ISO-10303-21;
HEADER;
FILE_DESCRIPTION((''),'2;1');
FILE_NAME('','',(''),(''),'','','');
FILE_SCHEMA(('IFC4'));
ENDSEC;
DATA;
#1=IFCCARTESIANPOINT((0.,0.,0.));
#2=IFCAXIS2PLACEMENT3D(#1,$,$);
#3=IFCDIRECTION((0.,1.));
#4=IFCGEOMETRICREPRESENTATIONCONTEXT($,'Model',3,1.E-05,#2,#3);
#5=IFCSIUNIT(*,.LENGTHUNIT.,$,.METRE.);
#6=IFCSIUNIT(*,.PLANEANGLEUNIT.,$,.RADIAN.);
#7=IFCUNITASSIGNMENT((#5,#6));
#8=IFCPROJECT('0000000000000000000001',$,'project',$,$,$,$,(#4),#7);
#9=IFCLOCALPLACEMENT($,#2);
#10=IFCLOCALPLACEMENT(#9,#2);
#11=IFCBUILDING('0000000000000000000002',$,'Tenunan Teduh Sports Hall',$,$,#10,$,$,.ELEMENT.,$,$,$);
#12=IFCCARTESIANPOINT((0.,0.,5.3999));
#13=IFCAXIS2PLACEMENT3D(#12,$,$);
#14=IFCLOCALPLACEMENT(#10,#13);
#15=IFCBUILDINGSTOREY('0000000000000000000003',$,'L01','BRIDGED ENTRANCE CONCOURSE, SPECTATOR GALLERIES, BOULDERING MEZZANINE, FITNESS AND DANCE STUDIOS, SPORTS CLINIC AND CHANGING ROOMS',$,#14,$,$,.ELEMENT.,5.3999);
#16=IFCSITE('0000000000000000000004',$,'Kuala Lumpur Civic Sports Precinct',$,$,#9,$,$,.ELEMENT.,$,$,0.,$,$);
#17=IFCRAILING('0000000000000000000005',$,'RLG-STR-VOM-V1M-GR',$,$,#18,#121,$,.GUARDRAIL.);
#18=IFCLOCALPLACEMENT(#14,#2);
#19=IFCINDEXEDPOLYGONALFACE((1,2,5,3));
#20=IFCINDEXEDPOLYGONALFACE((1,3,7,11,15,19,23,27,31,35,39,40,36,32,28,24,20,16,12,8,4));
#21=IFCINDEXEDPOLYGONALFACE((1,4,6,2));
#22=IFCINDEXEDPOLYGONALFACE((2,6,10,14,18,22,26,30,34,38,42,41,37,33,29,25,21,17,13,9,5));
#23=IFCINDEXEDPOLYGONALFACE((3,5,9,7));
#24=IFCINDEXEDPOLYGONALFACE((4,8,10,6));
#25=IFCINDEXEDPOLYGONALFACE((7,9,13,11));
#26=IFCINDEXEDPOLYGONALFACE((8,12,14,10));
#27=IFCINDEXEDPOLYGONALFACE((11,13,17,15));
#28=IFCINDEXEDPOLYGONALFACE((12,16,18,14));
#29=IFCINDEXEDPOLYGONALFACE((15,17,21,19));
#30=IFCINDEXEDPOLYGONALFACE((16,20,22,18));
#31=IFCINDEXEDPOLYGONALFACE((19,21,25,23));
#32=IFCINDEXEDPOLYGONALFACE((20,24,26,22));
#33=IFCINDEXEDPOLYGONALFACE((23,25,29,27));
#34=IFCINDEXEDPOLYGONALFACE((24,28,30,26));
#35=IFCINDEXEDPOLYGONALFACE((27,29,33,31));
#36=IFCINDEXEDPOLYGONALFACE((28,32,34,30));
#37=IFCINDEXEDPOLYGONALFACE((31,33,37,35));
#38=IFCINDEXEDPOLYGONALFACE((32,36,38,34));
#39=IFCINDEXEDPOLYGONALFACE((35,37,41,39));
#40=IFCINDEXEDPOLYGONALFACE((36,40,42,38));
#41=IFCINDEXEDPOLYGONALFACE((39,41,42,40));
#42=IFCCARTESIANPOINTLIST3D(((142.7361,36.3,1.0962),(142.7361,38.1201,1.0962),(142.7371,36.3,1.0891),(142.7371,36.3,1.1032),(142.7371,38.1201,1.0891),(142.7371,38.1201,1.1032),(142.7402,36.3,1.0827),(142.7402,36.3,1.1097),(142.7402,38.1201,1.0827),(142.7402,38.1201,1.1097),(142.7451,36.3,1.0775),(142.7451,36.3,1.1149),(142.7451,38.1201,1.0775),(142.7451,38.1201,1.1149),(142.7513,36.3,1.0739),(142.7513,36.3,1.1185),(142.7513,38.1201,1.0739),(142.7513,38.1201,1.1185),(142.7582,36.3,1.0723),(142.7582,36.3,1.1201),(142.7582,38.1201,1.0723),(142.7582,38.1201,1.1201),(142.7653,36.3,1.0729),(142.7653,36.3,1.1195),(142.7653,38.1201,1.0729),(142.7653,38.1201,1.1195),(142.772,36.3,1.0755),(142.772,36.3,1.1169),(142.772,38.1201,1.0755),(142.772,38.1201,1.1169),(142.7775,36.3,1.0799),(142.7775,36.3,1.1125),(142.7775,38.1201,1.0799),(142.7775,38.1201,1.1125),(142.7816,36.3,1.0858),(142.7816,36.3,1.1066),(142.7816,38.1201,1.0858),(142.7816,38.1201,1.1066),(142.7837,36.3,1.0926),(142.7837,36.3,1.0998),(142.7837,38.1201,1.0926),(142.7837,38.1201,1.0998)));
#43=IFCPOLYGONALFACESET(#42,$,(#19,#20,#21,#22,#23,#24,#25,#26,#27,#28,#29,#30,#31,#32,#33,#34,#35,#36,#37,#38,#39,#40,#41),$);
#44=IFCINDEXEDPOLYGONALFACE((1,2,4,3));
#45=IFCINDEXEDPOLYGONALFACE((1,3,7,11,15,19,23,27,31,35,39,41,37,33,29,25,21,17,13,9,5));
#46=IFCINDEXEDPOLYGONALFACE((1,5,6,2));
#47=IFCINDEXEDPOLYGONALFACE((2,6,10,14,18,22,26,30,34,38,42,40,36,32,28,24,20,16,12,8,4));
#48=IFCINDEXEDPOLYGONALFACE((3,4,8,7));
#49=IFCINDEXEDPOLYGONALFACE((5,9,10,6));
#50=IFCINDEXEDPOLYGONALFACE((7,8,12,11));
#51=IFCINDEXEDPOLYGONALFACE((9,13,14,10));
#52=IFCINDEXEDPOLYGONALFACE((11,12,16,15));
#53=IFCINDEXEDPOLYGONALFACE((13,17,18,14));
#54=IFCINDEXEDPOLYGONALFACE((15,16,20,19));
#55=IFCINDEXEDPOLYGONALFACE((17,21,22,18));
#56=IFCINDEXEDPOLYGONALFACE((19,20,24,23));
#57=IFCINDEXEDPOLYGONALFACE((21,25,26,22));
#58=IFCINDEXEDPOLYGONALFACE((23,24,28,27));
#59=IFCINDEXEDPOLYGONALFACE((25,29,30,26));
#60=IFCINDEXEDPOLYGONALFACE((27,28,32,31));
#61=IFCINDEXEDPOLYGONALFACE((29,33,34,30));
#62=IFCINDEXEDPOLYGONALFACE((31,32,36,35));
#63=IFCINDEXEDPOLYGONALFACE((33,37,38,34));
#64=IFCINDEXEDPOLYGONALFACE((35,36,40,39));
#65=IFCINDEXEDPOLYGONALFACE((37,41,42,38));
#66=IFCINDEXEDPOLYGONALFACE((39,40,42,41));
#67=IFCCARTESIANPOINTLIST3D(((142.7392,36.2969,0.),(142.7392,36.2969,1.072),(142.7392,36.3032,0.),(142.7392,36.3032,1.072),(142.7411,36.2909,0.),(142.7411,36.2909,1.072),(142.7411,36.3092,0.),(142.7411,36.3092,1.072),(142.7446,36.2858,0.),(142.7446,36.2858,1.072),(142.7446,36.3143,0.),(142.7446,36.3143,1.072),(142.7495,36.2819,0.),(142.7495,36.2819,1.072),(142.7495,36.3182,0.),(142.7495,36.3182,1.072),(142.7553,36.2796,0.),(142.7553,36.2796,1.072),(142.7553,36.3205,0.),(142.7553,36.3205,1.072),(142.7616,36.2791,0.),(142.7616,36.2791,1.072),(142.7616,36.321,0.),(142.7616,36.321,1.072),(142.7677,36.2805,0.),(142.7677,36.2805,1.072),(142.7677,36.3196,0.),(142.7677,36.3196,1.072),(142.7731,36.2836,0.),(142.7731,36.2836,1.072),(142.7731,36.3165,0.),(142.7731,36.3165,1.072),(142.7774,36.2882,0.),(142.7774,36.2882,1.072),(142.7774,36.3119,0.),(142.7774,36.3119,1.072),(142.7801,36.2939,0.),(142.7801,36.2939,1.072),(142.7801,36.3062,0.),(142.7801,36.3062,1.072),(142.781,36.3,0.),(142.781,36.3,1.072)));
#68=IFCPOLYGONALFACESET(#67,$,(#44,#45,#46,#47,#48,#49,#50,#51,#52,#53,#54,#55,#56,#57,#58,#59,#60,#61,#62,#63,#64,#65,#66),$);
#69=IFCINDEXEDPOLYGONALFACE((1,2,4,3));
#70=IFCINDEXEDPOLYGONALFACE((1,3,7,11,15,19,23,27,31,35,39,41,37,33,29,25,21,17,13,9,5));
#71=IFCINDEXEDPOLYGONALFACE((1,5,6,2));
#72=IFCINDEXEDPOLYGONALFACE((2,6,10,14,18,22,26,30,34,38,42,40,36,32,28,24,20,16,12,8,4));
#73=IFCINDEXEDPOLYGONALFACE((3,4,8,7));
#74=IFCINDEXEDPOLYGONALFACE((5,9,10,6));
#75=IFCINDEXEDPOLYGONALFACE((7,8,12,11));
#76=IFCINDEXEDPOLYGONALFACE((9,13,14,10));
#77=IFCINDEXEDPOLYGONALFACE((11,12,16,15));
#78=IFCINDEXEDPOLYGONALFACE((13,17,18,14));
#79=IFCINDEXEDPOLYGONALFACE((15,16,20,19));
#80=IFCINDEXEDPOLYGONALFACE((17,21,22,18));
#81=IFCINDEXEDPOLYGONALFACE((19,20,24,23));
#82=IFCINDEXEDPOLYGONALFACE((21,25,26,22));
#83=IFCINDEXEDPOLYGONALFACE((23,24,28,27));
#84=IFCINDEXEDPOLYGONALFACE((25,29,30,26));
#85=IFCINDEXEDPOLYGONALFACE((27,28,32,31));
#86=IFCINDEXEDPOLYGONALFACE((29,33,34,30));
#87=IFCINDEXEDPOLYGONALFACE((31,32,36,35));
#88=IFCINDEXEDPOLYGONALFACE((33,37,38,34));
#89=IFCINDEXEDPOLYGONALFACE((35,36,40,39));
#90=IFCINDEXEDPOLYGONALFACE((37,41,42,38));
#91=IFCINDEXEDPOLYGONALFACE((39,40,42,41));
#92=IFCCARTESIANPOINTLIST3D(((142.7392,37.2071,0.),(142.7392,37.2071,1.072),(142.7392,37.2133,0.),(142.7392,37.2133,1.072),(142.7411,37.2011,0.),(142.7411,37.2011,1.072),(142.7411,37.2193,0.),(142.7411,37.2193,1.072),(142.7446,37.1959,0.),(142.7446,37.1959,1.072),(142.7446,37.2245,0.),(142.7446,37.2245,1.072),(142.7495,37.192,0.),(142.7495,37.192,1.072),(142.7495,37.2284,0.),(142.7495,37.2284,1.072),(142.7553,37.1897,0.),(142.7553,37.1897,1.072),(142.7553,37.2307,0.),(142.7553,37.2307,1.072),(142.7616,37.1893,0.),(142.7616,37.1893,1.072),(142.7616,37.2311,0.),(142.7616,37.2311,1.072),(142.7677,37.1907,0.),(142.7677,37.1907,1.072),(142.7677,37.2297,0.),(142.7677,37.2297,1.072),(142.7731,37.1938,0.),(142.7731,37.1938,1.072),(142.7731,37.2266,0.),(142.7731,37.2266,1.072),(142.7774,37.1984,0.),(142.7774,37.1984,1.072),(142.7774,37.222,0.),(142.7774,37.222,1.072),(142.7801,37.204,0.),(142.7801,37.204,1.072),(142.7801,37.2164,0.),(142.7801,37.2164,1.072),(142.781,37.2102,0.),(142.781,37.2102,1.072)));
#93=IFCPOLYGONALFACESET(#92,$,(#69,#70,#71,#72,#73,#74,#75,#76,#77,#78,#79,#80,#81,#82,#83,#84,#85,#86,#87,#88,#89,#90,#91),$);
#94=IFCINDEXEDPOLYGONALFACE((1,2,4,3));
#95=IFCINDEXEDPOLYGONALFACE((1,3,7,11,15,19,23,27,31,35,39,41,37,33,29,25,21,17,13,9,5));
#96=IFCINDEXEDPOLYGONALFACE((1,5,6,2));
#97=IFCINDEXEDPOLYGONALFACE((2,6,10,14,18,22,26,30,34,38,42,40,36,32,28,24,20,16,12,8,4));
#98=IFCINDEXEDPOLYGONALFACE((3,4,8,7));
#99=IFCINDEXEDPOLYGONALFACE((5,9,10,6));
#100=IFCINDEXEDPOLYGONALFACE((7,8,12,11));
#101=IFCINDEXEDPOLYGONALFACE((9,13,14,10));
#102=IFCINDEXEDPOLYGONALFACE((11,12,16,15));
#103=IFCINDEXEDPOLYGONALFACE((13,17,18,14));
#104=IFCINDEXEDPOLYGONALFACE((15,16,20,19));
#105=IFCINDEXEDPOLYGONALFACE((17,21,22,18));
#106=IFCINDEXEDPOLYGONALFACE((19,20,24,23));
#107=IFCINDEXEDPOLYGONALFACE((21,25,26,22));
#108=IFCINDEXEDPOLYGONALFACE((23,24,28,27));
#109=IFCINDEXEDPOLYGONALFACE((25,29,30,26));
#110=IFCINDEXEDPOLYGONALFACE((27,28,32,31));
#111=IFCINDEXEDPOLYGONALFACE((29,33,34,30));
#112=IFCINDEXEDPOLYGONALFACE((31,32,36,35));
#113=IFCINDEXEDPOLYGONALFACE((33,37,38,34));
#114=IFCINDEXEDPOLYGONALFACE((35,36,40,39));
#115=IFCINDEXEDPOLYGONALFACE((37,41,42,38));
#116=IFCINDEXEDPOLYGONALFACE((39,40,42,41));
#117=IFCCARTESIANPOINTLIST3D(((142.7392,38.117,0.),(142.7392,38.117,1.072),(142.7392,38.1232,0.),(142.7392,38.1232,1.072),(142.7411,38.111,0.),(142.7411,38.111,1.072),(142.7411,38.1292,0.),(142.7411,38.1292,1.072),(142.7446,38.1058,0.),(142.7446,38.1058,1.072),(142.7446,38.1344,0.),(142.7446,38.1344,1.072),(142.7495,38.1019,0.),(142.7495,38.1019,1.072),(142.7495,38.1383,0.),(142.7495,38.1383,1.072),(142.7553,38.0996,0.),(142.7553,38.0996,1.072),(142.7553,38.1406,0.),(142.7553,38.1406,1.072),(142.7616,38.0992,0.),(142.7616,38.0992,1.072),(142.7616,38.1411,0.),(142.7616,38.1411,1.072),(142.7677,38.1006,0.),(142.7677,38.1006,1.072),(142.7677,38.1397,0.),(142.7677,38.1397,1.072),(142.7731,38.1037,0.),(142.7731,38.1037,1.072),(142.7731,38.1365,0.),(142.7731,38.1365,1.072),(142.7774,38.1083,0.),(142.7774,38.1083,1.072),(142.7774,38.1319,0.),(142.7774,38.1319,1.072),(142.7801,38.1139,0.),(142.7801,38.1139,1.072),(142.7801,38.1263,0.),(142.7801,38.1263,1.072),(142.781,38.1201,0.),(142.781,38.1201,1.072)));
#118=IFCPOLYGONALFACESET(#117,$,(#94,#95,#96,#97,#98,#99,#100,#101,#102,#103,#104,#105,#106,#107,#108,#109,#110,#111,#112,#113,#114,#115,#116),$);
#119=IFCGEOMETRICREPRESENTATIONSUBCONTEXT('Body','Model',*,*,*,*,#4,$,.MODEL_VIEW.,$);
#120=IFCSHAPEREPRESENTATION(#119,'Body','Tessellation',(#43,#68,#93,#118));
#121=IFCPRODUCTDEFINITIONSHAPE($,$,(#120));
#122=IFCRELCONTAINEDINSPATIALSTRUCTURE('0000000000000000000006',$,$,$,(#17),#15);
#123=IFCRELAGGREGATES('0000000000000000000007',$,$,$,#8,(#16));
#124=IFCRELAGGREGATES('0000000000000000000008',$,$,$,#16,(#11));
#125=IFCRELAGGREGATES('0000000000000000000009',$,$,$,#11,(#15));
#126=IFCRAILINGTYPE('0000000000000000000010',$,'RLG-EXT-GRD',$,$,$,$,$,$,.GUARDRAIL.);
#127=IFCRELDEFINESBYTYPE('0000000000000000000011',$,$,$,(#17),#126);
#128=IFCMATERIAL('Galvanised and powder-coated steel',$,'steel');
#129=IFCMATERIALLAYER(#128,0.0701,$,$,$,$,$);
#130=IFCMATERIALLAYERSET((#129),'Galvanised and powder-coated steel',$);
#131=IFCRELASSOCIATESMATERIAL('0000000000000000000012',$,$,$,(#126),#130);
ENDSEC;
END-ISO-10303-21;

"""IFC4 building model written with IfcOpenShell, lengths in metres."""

from ifc_helpers import new_model, si_unit, direction, frame, origin, origin_2d, place, context, subcontext, project, spatial, circle, extrude, material, layer, layer_set, type_object, element, save


model = new_model("IFC4")

# Units and contexts
model_context = context("Model", 3, precision=1e-05, world=origin(), true_north=direction((0.0, 1.0)))
body_context = subcontext(model_context, "Body", "Model", "MODEL_VIEW")
ifc_project = project(units=[si_unit("LENGTHUNIT", "METRE"), si_unit("PLANEANGLEUNIT", "RADIAN")], contexts=[model_context])

# Site, building, storey
site_placement = place(None, origin())
site = spatial("IfcSite", under=ifc_project, at=site_placement, Name="Kuala Lumpur Civic Sports Precinct", CompositionType="ELEMENT", RefElevation=0.0)
building_placement = place(site_placement, origin())
building = spatial("IfcBuilding", under=site, at=building_placement, Name="Tenunan Teduh Sports Hall", CompositionType="ELEMENT")
storey_placement = place(building_placement, frame((0.0, 0.0, 5.3999)))
storey = spatial("IfcBuildingStorey", under=building, at=storey_placement, Name="L01", Description="BRIDGED ENTRANCE CONCOURSE, SPECTATOR GALLERIES, BOULDERING MEZZANINE, FITNESS AND DANCE STUDIOS, SPORTS CLINIC AND CHANGING ROOMS", CompositionType="ELEMENT", Elevation=5.3999)

# Railing
ifc_material_1 = material(Name="Galvanised and powder-coated steel", Category="steel")
ifc_layer_1 = layer(ifc_material_1, 0.0701)
ifc_layer_set_1 = layer_set([ifc_layer_1], Name="Galvanised and powder-coated steel")
railing_type_1 = type_object("IfcRailingType", Name="RLG-EXT-GRD", PredefinedType="GUARDRAIL", material=ifc_layer_set_1)
for number, where, name in (
    (1, (142.76, 36.3, 0.0), "RLG-STR-VOM-V1M-GR"),
):
    element("IfcRailing", number, at=place(storey_placement, frame(where)), inside=storey, type_object=railing_type_1, Name=name, PredefinedType="GUARDRAIL", context=body_context, shape_type="SweptSolid", body=[
        extrude(circle(Radius=0.0239, at=origin_2d()), frame((0.0, 0.0, 1.0962), z_axis=(0.0, 1.0, 0.0), x_axis=(-1.0, 0.0, 0.0)), (0.0, 0.0, 1.0), 1.8201),
        extrude(circle(Radius=0.021, at=origin_2d()), origin(), (0.0, 0.0, 1.0), 1.072),
        extrude(circle(Radius=0.021, at=origin_2d()), frame((0.0, 0.9102, 0.0)), (0.0, 0.0, 1.0), 1.072),
        extrude(circle(Radius=0.021, at=origin_2d()), frame((0.0, 1.8201, 0.0)), (0.0, 0.0, 1.0), 1.072),
    ])

save(model, "model.ifc")
